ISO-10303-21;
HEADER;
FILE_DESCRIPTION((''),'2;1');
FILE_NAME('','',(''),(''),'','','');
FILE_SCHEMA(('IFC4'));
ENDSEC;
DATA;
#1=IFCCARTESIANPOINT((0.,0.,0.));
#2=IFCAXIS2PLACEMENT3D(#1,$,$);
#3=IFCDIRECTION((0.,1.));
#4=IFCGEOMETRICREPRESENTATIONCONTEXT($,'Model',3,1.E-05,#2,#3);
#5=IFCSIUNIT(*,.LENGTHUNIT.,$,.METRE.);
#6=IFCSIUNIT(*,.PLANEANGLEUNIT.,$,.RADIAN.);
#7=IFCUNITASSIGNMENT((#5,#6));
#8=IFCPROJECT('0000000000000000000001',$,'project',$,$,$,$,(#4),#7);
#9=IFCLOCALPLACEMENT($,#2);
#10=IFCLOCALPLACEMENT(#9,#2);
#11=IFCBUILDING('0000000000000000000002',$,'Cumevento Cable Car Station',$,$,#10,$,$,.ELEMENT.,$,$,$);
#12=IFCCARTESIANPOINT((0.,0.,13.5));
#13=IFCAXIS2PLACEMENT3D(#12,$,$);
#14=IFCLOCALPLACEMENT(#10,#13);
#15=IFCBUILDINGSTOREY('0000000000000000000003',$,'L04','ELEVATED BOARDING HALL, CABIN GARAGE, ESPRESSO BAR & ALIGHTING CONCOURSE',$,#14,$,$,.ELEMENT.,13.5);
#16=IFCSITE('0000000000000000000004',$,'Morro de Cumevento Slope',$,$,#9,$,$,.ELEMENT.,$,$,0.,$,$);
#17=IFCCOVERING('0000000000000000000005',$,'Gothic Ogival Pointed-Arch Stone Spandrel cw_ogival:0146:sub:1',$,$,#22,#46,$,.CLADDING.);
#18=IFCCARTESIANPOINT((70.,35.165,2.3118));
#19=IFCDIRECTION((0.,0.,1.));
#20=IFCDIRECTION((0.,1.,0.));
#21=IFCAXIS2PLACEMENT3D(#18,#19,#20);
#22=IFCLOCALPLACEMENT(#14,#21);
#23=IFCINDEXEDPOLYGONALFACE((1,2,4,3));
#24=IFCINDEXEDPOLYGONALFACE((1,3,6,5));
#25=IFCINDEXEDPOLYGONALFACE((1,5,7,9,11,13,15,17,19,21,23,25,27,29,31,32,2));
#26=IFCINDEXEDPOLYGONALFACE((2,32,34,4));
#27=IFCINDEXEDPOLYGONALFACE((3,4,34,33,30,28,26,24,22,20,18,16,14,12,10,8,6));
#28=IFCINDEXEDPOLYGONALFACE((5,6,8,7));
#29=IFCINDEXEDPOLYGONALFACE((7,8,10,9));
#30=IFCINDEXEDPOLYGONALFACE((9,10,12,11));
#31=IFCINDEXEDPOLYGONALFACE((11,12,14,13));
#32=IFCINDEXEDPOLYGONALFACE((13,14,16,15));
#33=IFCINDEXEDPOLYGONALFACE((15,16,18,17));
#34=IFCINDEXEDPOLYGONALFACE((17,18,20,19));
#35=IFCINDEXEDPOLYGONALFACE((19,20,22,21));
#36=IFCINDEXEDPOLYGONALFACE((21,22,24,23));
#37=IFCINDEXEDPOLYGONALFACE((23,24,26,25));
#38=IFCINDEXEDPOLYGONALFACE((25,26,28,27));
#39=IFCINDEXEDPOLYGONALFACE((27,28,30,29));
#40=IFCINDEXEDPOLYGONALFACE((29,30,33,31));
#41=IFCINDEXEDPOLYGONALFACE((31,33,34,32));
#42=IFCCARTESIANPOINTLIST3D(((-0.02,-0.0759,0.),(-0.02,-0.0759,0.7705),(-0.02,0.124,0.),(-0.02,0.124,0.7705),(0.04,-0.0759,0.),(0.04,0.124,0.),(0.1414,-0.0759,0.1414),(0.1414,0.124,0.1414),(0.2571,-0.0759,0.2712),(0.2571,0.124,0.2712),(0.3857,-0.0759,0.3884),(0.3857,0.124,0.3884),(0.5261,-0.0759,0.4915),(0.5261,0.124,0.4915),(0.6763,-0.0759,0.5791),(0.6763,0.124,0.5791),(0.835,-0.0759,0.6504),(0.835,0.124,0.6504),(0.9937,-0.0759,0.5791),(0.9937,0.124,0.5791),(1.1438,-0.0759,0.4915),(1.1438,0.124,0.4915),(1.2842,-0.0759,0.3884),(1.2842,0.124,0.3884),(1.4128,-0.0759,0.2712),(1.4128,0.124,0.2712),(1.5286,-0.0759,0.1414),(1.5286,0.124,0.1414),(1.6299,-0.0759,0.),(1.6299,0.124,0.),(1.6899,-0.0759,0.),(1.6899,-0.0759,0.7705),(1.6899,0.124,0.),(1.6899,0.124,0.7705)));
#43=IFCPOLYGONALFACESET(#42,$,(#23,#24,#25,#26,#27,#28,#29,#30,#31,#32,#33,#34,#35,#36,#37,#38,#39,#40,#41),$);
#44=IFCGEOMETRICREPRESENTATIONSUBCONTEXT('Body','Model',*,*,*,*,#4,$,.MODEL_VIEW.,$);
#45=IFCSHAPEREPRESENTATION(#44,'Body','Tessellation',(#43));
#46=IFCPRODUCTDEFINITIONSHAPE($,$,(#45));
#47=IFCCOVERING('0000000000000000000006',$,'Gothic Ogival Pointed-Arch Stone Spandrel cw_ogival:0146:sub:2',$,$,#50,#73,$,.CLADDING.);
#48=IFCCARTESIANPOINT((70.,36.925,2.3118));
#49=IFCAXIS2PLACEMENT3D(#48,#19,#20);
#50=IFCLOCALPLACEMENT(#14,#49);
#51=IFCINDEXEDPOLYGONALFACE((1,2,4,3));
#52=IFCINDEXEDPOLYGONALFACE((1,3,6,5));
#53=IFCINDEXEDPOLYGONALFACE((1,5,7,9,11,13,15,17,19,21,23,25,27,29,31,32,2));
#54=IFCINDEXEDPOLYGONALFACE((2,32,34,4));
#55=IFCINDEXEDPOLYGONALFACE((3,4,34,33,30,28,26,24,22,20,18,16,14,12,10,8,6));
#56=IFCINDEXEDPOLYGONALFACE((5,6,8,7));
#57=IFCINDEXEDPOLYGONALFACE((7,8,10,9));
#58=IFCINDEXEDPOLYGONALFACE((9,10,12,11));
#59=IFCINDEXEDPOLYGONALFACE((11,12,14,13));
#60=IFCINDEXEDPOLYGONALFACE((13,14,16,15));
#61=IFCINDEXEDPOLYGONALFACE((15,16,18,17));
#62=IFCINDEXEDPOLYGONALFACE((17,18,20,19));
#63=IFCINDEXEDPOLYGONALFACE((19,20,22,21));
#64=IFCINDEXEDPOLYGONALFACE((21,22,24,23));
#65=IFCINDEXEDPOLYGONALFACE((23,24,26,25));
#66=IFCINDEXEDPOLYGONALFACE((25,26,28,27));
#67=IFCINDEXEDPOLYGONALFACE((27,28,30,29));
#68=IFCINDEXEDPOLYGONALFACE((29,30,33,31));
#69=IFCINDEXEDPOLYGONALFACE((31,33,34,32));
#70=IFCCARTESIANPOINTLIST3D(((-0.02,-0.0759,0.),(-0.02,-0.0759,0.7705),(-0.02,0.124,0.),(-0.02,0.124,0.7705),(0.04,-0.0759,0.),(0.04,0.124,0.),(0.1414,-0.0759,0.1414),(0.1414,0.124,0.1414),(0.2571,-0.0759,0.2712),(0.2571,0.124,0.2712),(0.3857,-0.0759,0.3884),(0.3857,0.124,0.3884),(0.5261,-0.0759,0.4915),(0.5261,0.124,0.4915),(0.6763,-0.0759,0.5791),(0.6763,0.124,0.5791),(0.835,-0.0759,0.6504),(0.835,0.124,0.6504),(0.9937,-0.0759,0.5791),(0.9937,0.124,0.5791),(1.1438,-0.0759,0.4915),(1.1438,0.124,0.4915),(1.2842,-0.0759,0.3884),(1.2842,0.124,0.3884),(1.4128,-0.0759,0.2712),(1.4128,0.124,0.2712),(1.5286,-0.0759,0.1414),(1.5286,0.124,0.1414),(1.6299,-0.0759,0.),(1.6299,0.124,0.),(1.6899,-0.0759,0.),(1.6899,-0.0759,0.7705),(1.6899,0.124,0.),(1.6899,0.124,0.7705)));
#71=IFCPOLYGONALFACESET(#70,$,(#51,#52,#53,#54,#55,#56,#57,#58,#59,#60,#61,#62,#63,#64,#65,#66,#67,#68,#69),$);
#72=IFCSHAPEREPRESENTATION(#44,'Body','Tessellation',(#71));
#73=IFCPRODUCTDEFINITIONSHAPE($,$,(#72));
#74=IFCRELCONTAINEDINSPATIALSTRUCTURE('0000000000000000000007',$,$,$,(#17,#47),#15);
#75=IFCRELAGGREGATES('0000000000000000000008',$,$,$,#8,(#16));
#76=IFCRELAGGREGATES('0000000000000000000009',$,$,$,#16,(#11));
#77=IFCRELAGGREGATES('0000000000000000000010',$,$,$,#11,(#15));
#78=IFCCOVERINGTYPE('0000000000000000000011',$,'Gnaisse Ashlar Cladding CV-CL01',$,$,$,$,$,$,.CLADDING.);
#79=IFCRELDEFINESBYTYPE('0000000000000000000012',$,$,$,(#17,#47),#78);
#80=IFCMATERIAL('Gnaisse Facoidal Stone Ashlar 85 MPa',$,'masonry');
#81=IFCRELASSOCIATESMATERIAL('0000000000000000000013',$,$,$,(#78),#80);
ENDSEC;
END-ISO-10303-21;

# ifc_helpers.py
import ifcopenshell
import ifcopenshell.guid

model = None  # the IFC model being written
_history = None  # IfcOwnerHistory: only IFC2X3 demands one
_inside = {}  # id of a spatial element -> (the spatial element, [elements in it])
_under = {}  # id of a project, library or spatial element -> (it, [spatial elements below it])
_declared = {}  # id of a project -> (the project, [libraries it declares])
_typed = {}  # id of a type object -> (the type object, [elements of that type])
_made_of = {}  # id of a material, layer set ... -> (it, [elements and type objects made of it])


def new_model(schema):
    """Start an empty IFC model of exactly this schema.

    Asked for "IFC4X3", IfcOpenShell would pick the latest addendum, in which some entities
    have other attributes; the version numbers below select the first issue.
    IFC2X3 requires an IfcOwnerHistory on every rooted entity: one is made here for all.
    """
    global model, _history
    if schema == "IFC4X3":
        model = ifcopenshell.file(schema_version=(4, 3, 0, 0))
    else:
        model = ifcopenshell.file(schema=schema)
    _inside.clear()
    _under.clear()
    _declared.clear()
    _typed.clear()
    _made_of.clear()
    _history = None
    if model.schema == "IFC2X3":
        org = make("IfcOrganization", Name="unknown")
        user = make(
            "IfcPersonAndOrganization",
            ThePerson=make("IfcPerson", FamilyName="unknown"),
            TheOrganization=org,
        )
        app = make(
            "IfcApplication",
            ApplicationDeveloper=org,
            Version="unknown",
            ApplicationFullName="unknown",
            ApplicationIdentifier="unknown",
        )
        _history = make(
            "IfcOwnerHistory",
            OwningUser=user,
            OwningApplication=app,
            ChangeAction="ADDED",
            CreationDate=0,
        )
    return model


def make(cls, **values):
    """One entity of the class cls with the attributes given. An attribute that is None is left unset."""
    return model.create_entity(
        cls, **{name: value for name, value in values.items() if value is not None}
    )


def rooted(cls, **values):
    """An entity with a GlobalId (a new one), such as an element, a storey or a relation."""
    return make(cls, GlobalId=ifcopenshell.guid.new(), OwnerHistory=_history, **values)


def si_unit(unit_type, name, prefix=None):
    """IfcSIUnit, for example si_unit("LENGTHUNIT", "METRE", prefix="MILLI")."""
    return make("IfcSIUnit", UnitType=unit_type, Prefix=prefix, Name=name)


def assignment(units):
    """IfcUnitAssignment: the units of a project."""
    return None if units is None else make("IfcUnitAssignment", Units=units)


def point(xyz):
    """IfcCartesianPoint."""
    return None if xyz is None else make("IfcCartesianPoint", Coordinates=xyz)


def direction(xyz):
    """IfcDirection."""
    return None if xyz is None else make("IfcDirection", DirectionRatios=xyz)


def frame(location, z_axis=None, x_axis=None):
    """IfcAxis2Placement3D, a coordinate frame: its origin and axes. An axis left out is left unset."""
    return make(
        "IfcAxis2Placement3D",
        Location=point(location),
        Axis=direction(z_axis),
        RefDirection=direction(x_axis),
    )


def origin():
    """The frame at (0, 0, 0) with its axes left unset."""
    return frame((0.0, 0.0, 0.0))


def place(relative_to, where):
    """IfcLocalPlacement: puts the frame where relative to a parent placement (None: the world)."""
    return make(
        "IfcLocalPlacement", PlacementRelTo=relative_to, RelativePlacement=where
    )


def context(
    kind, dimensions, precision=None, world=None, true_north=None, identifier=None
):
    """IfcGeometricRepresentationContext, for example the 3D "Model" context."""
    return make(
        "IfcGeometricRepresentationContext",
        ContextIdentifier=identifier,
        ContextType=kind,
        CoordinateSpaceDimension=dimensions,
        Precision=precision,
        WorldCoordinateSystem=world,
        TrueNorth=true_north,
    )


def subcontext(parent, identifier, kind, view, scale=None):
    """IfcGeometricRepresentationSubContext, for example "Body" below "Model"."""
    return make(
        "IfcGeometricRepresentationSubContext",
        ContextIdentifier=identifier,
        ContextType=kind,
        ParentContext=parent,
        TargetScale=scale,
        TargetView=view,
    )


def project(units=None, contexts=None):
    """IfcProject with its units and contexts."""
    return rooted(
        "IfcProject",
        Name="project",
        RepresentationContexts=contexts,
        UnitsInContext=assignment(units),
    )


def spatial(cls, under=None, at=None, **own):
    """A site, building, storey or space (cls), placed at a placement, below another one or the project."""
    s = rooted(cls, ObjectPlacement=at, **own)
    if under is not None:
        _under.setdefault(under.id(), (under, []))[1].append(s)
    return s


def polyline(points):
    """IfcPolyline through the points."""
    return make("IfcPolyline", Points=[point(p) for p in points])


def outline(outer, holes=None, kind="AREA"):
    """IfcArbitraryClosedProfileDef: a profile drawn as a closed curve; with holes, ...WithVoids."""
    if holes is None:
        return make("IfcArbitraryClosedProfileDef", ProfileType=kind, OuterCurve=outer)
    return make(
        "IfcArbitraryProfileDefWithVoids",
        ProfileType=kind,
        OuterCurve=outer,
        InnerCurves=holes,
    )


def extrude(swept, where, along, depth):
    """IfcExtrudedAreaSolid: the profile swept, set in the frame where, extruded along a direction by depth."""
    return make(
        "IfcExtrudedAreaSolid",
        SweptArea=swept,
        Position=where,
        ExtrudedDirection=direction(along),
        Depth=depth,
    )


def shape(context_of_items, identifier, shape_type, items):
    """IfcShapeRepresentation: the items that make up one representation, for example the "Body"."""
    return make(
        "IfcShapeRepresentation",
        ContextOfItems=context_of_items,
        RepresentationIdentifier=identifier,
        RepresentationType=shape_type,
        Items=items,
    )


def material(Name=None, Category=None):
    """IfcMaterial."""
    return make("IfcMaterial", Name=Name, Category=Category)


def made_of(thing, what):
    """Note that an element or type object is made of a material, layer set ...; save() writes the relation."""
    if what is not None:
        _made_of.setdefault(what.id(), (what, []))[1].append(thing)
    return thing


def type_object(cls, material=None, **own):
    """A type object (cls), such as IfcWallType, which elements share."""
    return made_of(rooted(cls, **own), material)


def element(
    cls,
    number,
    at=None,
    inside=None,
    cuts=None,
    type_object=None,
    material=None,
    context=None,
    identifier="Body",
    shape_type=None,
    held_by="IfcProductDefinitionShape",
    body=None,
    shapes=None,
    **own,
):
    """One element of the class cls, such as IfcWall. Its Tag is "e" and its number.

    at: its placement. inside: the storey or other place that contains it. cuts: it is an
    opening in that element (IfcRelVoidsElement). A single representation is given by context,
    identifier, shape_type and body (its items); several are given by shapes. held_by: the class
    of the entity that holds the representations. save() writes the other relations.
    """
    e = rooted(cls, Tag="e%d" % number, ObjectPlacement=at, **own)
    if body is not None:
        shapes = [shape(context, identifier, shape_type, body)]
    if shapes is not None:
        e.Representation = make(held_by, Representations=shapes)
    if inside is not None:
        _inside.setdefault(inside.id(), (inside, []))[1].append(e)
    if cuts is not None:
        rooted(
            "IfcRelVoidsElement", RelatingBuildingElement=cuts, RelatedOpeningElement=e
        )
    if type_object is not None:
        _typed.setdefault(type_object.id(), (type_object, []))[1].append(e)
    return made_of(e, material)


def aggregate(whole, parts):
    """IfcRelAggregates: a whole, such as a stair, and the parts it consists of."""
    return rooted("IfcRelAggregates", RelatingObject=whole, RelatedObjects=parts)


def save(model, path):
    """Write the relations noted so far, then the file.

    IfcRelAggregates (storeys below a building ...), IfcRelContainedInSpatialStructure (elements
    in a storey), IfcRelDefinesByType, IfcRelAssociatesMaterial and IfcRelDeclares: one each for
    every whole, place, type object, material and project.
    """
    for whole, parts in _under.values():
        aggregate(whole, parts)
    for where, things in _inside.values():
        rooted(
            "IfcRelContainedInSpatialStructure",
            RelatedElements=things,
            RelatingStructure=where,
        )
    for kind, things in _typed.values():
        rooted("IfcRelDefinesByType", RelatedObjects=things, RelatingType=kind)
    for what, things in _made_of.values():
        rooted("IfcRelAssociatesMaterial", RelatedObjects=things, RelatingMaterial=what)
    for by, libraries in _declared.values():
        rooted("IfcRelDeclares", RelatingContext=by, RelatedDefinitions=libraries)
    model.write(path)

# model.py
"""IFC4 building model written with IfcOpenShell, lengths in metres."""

from ifc_helpers import new_model, si_unit, direction, frame, origin, place, context, subcontext, project, spatial, polyline, outline, extrude, material, type_object, element, save


model = new_model("IFC4")

# Units and contexts
model_context = context("Model", 3, precision=1e-05, world=origin(), true_north=direction((0.0, 1.0)))
body_context = subcontext(model_context, "Body", "Model", "MODEL_VIEW")
ifc_project = project(units=[si_unit("LENGTHUNIT", "METRE"), si_unit("PLANEANGLEUNIT", "RADIAN")], contexts=[model_context])

# Site, building, storey
site_placement = place(None, origin())
site = spatial("IfcSite", under=ifc_project, at=site_placement, Name="Morro de Cumevento Slope", CompositionType="ELEMENT", RefElevation=0.0)
building_placement = place(site_placement, origin())
building = spatial("IfcBuilding", under=site, at=building_placement, Name="Cumevento Cable Car Station", CompositionType="ELEMENT")
storey_placement = place(building_placement, frame((0.0, 0.0, 13.5)))
storey = spatial("IfcBuildingStorey", under=building, at=storey_placement, Name="L04", Description="ELEVATED BOARDING HALL, CABIN GARAGE, ESPRESSO BAR & ALIGHTING CONCOURSE", CompositionType="ELEMENT", Elevation=13.5)

# Coverings
ifc_material_1 = material(Name="Gnaisse Facoidal Stone Ashlar 85 MPa", Category="masonry")
covering_type = type_object("IfcCoveringType", Name="Gnaisse Ashlar Cladding CV-CL01", PredefinedType="CLADDING", material=ifc_material_1)
for number, where, z_axis, x_axis, name in (
    (1, (70.0, 35.165, 2.3118), (0.0, 0.0, 1.0), (0.0, 1.0, 0.0), "Gothic Ogival Pointed-Arch Stone Spandrel cw_ogival:0146:sub:1"),
    (2, (70.0, 36.925, 2.3118), (0.0, 0.0, 1.0), (0.0, 1.0, 0.0), "Gothic Ogival Pointed-Arch Stone Spandrel cw_ogival:0146:sub:2"),
):
    element("IfcCovering", number, at=place(storey_placement, frame(where, z_axis=z_axis, x_axis=x_axis)), inside=storey, type_object=covering_type, Name=name, PredefinedType="CLADDING", context=body_context, shape_type="SweptSolid", body=[
        extrude(outline(polyline([(-0.02, 0.0), (-0.02, 0.7705), (1.6899, 0.7705), (1.6899, 0.0), (1.6299, 0.0), (1.5286, 0.1414), (1.4128, 0.2712), (1.2842, 0.3884), (1.1438, 0.4915), (0.9937, 0.5791), (0.835, 0.6504), (0.6763, 0.5791), (0.5261, 0.4915), (0.3857, 0.3884), (0.2571, 0.2712), (0.1414, 0.1414), (0.04, 0.0), (-0.02, 0.0)])), frame((0.0, 0.124, 0.0), z_axis=(0.0, -1.0, 0.0), x_axis=(1.0, 0.0, 0.0)), (0.0, 0.0, 1.0), 0.2),
    ])

save(model, "model.ifc")
